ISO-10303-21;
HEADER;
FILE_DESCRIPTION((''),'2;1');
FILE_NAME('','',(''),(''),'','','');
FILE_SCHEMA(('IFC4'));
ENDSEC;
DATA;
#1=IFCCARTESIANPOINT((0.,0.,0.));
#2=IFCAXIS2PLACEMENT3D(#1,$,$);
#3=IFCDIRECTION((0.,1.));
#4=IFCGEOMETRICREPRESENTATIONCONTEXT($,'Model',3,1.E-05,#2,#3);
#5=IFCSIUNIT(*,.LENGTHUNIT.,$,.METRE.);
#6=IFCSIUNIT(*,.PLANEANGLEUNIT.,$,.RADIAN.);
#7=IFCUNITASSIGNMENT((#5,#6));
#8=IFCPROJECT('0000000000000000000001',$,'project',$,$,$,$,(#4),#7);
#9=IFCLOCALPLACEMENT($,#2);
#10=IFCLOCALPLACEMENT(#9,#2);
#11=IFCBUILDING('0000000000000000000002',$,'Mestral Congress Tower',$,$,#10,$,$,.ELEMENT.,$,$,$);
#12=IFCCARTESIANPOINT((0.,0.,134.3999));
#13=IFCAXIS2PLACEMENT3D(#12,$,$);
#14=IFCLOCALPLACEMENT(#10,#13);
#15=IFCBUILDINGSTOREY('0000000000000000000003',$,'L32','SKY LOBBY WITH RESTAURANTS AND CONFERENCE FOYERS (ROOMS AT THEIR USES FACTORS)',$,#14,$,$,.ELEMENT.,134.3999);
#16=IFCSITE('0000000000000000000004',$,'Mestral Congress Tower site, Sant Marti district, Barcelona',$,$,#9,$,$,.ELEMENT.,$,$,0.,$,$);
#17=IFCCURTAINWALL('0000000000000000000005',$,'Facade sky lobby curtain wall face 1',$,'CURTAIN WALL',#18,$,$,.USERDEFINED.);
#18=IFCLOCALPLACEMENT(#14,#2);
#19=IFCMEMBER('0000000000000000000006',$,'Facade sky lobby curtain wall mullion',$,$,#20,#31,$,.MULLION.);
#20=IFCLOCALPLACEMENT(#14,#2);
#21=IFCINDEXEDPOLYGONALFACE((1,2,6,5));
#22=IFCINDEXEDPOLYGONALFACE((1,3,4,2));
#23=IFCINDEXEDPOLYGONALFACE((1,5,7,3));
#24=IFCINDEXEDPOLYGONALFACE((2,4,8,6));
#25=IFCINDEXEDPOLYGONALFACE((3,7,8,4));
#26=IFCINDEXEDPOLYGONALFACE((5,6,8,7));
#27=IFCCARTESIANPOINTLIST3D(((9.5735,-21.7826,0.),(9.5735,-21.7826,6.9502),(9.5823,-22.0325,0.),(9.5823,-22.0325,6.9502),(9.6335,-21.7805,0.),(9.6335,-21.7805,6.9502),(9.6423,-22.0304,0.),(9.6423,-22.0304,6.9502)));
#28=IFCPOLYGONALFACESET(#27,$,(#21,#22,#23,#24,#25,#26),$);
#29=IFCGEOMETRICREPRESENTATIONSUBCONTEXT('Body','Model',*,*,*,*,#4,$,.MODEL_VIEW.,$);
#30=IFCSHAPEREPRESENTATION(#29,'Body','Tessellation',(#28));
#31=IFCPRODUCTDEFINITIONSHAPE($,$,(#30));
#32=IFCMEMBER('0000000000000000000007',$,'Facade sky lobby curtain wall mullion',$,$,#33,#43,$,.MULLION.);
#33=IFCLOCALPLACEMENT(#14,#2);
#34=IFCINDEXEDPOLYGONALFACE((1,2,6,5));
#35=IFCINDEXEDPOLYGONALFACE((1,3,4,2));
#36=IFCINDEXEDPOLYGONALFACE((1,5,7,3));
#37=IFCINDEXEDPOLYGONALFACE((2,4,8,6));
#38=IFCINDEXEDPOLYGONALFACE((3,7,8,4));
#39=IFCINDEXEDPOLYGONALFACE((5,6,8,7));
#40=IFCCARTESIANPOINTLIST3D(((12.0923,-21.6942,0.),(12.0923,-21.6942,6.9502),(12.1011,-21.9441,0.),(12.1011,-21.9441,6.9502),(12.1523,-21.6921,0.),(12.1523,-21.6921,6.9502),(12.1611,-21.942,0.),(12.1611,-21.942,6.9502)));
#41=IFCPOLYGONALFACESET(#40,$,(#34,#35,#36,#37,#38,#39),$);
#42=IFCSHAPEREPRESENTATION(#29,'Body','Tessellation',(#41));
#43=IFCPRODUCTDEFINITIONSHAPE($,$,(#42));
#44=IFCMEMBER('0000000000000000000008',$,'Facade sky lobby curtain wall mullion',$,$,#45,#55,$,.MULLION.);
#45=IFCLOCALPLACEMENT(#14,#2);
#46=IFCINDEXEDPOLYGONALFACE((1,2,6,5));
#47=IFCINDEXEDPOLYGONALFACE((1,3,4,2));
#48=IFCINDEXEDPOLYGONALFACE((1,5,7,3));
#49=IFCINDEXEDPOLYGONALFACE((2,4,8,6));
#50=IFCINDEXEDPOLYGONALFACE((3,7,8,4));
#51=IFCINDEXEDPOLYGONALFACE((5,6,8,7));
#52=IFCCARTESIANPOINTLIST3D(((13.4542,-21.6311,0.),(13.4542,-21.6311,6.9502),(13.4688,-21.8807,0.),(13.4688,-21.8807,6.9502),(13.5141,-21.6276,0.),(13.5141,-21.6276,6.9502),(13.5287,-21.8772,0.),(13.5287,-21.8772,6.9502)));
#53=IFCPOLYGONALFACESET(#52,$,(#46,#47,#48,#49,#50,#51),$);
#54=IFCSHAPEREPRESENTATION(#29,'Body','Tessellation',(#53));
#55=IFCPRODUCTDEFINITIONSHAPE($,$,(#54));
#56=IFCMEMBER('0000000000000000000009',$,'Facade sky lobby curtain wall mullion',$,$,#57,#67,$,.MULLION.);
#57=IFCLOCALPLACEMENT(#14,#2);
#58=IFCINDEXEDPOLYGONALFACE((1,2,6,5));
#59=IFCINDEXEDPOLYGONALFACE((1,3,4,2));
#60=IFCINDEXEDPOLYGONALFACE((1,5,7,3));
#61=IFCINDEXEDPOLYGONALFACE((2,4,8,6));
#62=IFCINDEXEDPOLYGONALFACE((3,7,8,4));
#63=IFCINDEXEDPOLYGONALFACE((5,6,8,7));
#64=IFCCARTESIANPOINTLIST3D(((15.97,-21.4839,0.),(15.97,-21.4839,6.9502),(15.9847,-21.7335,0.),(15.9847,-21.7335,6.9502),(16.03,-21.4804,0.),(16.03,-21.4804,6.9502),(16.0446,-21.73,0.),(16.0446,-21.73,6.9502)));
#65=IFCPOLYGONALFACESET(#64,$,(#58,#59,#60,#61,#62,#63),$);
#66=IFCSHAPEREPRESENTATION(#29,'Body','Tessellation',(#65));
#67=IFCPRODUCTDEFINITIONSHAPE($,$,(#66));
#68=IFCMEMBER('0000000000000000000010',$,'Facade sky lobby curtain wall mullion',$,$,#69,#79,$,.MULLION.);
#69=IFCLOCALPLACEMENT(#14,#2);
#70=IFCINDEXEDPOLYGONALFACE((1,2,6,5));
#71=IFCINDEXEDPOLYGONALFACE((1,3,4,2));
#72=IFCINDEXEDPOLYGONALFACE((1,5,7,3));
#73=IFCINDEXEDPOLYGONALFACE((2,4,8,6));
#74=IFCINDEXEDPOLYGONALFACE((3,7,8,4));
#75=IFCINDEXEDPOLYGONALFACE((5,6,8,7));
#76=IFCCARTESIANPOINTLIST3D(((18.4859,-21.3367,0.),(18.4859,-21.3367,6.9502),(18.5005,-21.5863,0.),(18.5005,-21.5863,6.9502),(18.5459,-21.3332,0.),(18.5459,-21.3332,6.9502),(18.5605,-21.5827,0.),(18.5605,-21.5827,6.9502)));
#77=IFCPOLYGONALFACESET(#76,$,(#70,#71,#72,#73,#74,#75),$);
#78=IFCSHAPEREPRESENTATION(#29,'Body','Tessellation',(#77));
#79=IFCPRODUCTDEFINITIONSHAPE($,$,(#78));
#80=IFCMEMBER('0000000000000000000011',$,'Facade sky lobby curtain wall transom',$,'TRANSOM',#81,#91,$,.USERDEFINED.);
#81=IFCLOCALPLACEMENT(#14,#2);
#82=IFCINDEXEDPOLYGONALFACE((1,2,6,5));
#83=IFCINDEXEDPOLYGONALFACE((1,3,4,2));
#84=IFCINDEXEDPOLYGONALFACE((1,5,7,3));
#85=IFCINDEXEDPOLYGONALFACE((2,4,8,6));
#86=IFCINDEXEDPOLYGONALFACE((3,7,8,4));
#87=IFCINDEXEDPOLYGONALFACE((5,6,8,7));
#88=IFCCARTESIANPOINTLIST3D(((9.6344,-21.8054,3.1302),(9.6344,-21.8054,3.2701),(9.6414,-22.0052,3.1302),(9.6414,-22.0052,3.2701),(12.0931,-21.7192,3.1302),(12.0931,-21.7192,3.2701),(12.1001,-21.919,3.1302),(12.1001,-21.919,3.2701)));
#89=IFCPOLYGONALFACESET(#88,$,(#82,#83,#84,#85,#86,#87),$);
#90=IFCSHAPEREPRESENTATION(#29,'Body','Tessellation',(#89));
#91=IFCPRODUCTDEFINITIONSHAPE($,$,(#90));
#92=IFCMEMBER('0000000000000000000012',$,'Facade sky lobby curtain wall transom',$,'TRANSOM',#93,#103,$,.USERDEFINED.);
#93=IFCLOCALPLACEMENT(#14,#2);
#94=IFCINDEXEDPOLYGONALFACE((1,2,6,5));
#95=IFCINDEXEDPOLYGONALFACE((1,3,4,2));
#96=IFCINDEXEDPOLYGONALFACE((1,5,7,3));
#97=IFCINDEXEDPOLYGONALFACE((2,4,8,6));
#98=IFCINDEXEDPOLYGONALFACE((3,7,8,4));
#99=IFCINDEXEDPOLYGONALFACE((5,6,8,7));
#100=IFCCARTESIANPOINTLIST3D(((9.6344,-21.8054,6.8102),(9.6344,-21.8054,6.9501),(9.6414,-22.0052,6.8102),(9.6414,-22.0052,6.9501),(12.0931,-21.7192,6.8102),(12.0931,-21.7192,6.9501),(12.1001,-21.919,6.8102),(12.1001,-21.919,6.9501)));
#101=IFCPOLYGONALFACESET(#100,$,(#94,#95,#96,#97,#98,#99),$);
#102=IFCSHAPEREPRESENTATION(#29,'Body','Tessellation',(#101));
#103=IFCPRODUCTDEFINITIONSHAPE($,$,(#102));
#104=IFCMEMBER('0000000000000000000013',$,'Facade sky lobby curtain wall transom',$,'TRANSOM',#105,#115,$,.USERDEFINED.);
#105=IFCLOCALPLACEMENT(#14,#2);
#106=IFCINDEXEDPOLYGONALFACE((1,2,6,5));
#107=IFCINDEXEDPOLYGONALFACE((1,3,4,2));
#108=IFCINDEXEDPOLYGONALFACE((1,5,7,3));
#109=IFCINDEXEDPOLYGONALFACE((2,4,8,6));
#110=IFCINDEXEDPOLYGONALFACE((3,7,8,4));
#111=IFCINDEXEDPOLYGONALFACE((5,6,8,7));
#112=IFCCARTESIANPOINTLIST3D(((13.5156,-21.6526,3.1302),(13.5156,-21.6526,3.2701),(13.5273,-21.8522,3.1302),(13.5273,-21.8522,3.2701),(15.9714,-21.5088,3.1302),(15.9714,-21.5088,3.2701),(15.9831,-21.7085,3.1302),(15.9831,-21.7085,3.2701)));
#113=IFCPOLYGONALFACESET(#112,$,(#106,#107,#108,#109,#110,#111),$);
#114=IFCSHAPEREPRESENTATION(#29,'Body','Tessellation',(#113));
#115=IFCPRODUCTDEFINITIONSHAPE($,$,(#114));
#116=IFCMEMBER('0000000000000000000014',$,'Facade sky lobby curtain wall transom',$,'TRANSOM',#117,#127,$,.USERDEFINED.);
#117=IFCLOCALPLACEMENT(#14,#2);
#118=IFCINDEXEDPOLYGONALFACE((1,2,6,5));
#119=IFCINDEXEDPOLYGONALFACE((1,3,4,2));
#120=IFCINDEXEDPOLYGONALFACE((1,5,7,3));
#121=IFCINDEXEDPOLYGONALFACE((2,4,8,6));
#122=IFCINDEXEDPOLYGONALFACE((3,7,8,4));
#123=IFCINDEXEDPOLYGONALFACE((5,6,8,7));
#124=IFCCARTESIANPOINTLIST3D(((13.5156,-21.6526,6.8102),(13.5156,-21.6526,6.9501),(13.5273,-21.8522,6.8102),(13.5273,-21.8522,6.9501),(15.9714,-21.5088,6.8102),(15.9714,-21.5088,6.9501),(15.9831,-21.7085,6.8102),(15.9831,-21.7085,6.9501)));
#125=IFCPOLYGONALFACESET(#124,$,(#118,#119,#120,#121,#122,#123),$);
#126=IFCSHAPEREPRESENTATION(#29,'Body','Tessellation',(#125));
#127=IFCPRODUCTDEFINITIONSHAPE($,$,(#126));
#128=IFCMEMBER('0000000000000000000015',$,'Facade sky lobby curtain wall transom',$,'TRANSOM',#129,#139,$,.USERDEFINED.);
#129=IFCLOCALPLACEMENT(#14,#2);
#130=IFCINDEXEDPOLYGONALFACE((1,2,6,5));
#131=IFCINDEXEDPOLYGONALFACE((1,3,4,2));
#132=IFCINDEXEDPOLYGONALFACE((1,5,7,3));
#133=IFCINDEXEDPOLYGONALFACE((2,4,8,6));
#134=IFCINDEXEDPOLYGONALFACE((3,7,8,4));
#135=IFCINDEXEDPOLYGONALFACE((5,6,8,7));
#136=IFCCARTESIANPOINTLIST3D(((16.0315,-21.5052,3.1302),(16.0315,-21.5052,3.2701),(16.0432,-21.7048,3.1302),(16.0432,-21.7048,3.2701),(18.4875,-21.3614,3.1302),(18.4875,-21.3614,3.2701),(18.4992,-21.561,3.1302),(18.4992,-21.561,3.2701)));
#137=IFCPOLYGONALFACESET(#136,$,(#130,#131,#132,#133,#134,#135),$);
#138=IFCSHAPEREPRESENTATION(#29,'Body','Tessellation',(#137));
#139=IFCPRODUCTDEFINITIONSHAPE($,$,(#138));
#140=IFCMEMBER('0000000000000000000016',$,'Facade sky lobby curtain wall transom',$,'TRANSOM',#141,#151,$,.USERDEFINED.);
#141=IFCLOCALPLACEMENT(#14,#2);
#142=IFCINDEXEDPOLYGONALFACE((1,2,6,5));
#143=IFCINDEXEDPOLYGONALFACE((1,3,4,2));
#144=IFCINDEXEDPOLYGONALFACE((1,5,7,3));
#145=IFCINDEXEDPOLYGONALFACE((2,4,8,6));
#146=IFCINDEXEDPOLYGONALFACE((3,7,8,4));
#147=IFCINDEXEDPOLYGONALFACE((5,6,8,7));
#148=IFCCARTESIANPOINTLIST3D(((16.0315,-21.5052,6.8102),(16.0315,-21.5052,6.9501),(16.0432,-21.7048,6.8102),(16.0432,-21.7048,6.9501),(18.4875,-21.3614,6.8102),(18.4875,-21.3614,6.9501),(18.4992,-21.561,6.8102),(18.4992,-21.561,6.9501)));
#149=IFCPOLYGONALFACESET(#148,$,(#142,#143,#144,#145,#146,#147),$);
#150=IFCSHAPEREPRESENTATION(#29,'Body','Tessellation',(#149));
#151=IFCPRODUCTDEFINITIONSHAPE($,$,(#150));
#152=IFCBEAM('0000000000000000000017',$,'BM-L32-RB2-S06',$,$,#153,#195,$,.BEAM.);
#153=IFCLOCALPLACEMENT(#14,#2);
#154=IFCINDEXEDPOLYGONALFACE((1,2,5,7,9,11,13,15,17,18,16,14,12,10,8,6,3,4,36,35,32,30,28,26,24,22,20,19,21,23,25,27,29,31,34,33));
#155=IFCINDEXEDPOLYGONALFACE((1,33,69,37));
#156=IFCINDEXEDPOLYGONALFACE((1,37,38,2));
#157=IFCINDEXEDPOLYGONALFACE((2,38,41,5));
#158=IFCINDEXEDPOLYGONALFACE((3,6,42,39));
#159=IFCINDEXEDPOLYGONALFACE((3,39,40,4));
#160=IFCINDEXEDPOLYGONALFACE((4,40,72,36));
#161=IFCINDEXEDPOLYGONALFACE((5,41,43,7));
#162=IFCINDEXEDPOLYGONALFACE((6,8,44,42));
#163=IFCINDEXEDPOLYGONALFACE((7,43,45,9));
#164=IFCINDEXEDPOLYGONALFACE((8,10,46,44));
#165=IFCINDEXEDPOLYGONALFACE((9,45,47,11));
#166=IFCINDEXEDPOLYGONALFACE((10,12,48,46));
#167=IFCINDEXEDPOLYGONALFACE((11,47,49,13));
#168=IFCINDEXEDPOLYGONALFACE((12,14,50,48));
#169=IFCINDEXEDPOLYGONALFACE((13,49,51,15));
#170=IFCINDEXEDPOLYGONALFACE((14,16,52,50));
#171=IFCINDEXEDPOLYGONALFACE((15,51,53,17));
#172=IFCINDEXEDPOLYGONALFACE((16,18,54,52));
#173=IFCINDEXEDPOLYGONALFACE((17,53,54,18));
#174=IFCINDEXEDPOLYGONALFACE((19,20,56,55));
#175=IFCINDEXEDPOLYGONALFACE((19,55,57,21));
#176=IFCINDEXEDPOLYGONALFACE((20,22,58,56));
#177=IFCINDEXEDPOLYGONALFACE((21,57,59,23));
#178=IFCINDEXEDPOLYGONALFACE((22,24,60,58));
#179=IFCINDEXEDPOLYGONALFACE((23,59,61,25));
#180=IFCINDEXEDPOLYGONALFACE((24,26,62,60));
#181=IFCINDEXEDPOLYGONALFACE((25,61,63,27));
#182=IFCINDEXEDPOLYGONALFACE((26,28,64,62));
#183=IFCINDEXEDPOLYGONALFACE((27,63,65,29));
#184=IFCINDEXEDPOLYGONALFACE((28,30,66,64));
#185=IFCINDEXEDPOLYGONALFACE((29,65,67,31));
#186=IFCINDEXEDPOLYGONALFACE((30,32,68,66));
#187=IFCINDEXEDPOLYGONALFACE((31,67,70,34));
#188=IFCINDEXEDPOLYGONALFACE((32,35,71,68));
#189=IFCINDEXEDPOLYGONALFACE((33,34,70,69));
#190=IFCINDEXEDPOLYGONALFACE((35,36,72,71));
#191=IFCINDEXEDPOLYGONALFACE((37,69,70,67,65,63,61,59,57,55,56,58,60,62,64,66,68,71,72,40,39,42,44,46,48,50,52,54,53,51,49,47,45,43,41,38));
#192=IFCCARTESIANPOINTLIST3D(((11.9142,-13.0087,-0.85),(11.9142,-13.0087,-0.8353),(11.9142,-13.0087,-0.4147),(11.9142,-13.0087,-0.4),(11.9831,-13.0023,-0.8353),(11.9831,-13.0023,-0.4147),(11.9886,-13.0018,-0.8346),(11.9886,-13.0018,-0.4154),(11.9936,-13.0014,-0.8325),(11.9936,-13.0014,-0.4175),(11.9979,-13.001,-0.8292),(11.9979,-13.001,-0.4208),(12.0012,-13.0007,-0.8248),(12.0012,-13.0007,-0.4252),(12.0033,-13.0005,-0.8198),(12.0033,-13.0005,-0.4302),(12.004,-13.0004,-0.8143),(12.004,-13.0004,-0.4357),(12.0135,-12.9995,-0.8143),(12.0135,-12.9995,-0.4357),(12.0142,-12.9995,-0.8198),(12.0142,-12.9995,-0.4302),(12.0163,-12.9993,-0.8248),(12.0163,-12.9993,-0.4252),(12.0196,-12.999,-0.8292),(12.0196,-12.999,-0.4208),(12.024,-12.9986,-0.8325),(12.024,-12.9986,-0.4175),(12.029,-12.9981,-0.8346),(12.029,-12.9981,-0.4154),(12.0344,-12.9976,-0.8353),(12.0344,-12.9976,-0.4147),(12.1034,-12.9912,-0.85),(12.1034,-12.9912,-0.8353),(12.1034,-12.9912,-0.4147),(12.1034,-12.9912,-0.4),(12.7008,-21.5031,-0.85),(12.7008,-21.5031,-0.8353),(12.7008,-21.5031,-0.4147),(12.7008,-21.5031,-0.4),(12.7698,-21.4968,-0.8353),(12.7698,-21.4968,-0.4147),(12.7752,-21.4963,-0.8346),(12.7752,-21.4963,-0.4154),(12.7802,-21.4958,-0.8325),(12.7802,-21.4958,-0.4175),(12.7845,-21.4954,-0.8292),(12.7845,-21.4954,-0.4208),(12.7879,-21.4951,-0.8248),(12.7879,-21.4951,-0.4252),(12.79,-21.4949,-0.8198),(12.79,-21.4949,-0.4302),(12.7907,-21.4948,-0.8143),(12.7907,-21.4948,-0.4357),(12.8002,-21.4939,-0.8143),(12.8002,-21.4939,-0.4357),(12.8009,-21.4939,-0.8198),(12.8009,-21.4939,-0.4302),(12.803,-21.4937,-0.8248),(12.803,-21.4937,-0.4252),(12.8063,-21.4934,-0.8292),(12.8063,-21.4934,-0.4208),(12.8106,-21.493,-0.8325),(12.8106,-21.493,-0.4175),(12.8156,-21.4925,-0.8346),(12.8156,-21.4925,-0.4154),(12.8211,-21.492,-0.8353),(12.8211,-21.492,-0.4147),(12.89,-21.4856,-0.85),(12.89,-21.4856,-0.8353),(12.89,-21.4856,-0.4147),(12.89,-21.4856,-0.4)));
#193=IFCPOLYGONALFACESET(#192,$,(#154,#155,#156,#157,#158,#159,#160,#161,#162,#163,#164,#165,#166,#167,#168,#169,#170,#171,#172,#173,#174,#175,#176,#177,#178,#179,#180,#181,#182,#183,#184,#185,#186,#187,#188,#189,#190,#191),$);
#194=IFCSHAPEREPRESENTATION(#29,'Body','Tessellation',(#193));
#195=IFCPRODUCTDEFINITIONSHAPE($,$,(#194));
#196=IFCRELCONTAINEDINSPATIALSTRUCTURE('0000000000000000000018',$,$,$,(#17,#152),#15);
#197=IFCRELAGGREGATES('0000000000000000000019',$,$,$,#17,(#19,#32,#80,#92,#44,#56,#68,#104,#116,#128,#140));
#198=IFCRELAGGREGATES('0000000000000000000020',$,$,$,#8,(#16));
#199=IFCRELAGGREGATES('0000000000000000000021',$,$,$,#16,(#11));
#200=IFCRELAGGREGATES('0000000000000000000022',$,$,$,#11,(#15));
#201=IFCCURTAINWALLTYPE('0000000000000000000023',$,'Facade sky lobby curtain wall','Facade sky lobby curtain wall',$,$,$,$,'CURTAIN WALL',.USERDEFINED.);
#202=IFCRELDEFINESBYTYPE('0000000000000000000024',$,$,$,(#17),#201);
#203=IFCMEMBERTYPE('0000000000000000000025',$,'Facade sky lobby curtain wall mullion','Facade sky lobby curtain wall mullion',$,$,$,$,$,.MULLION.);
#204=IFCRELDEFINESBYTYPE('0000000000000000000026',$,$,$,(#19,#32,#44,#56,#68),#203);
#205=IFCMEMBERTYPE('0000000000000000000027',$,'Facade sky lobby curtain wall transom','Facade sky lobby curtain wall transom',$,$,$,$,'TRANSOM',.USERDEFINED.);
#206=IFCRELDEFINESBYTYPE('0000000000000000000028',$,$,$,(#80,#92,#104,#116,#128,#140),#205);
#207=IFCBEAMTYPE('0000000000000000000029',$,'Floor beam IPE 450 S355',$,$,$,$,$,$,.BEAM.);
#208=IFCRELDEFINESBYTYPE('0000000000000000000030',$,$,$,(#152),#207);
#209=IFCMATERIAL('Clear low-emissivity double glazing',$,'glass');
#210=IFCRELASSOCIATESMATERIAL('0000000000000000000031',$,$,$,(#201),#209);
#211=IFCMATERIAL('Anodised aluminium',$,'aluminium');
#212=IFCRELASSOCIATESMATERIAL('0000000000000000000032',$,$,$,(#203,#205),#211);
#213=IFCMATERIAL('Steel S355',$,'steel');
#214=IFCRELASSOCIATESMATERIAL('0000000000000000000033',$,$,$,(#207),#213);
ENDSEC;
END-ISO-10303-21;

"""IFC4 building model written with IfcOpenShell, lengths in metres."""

from ifc_helpers import new_model, si_unit, direction, frame, origin, origin_2d, place, context, subcontext, project, spatial, rectangle, i_section, extrude, material, material_profile, profile_set, type_object, element, aggregate, save


model = new_model("IFC4")

# Units and contexts
model_context = context("Model", 3, precision=1e-05, world=origin(), true_north=direction((0.0, 1.0)))
body_context = subcontext(model_context, "Body", "Model", "MODEL_VIEW")
ifc_project = project(units=[si_unit("LENGTHUNIT", "METRE"), si_unit("PLANEANGLEUNIT", "RADIAN")], contexts=[model_context])

# Site, building, storey
site_placement = place(None, origin())
site = spatial("IfcSite", under=ifc_project, at=site_placement, Name="Mestral Congress Tower site, Sant Marti district, Barcelona", CompositionType="ELEMENT", RefElevation=0.0)
building_placement = place(site_placement, origin())
building = spatial("IfcBuilding", under=site, at=building_placement, Name="Mestral Congress Tower", CompositionType="ELEMENT")
storey_placement = place(building_placement, frame((0.0, 0.0, 134.3999)))
storey = spatial("IfcBuildingStorey", under=building, at=storey_placement, Name="L32", Description="SKY LOBBY WITH RESTAURANTS AND CONFERENCE FOYERS (ROOMS AT THEIR USES FACTORS)", CompositionType="ELEMENT", Elevation=134.3999)

# Shared definitions
ifc_material_1 = material(Name="Steel S355", Category="steel")

# Curtain wall, members
ifc_material_2 = material(Name="Clear low-emissivity double glazing", Category="glass")
curtain_wall_type = type_object("IfcCurtainWallType", Name="Facade sky lobby curtain wall", Description="Facade sky lobby curtain wall", ElementType="CURTAIN WALL", PredefinedType="USERDEFINED", material=ifc_material_2)
curtain_wall_placement = place(storey_placement, origin())
curtain_wall = element("IfcCurtainWall", 1, at=curtain_wall_placement, inside=storey, type_object=curtain_wall_type, Name="Facade sky lobby curtain wall face 1", ObjectType="CURTAIN WALL", PredefinedType="USERDEFINED")
ifc_material_3 = material(Name="Anodised aluminium", Category="aluminium")
ifc_material_profile_1 = material_profile(ifc_material_3, rectangle(XDim=0.25, YDim=0.0601, at=origin_2d()), Name="CW1 mullion 250 x 60")
ifc_profile_set_1 = profile_set([ifc_material_profile_1], Name="Anodised aluminium")
member_type_1 = type_object("IfcMemberType", Name="Facade sky lobby curtain wall mullion", Description="Facade sky lobby curtain wall mullion", PredefinedType="MULLION", material=ifc_profile_set_1)
member_1_placement = place(storey_placement, frame((9.6079, -21.9065, 0.0), z_axis=(0.0, 0.0, 1.0), x_axis=(0.035067, -0.999385, 0.0)))
member_1 = element("IfcMember", 2, at=member_1_placement, type_object=member_type_1, Name="Facade sky lobby curtain wall mullion", PredefinedType="MULLION", context=body_context, shape_type="SweptSolid", body=[
    extrude(rectangle(XDim=0.25, YDim=0.0601, at=origin_2d()), origin(), (0.0, 0.0, 1.0), 6.9502),
])
member_2_placement = place(storey_placement, frame((12.1267, -21.8181, 0.0), z_axis=(0.0, 0.0, 1.0), x_axis=(0.035067, -0.999385, 0.0)))
member_2 = element("IfcMember", 3, at=member_2_placement, type_object=member_type_1, Name="Facade sky lobby curtain wall mullion", PredefinedType="MULLION", context=body_context, shape_type="SweptSolid", body=[
    extrude(rectangle(XDim=0.25, YDim=0.0601, at=origin_2d()), origin(), (0.0, 0.0, 1.0), 6.9502),
])
member_3_placement = place(storey_placement, frame((13.4915, -21.7542, 0.0), z_axis=(0.0, 0.0, 1.0), x_axis=(0.058437, -0.998291, 0.0)))
member_3 = element("IfcMember", 4, at=member_3_placement, type_object=member_type_1, Name="Facade sky lobby curtain wall mullion", PredefinedType="MULLION", context=body_context, shape_type="SweptSolid", body=[
    extrude(rectangle(XDim=0.25, YDim=0.0601, at=origin_2d()), origin(), (0.0, 0.0, 1.0), 6.9502),
])
member_4_placement = place(storey_placement, frame((16.0073, -21.6069, 0.0), z_axis=(0.0, 0.0, 1.0), x_axis=(0.058437, -0.998291, 0.0)))
member_4 = element("IfcMember", 5, at=member_4_placement, type_object=member_type_1, Name="Facade sky lobby curtain wall mullion", PredefinedType="MULLION", context=body_context, shape_type="SweptSolid", body=[
    extrude(rectangle(XDim=0.25, YDim=0.0601, at=origin_2d()), origin(), (0.0, 0.0, 1.0), 6.9502),
])
member_5_placement = place(storey_placement, frame((18.5232, -21.4597, 0.0), z_axis=(0.0, 0.0, 1.0), x_axis=(0.058437, -0.998291, 0.0)))
member_5 = element("IfcMember", 6, at=member_5_placement, type_object=member_type_1, Name="Facade sky lobby curtain wall mullion", PredefinedType="MULLION", context=body_context, shape_type="SweptSolid", body=[
    extrude(rectangle(XDim=0.25, YDim=0.0601, at=origin_2d()), origin(), (0.0, 0.0, 1.0), 6.9502),
])
ifc_material_profile_2 = material_profile(ifc_material_3, rectangle(XDim=0.2, YDim=0.1399, at=origin_2d()), Name="CW1 transom 200 x 140")
ifc_profile_set_2 = profile_set([ifc_material_profile_2], Name="Anodised aluminium")
member_type_2 = type_object("IfcMemberType", Name="Facade sky lobby curtain wall transom", Description="Facade sky lobby curtain wall transom", ElementType="TRANSOM", PredefinedType="USERDEFINED", material=ifc_profile_set_2)
member_6_placement = place(storey_placement, frame((9.6379, -21.9053, 3.2002), z_axis=(0.999386, 0.03503, 0.0), x_axis=(-0.03503, 0.999386, 0.0)))
member_6 = element("IfcMember", 7, at=member_6_placement, type_object=member_type_2, Name="Facade sky lobby curtain wall transom", ObjectType="TRANSOM", PredefinedType="USERDEFINED", context=body_context, shape_type="SweptSolid", body=[
    extrude(rectangle(XDim=0.2, YDim=0.1399, at=origin_2d()), origin(), (0.0, 0.0, 1.0), 2.4602),
])
member_7_placement = place(storey_placement, frame((9.6379, -21.9053, 6.8801), z_axis=(0.999386, 0.03503, 0.0), x_axis=(-0.03503, 0.999386, 0.0)))
member_7 = element("IfcMember", 8, at=member_7_placement, type_object=member_type_2, Name="Facade sky lobby curtain wall transom", ObjectType="TRANSOM", PredefinedType="USERDEFINED", context=body_context, shape_type="SweptSolid", body=[
    extrude(rectangle(XDim=0.2, YDim=0.1399, at=origin_2d()), origin(), (0.0, 0.0, 1.0), 2.4602),
])
member_8_placement = place(storey_placement, frame((13.5215, -21.7524, 3.2002), z_axis=(0.99829, 0.058454, 0.0), x_axis=(-0.058454, 0.99829, 0.0)))
member_8 = element("IfcMember", 9, at=member_8_placement, type_object=member_type_2, Name="Facade sky lobby curtain wall transom", ObjectType="TRANSOM", PredefinedType="USERDEFINED", context=body_context, shape_type="SweptSolid", body=[
    extrude(rectangle(XDim=0.2, YDim=0.1399, at=origin_2d()), origin(), (0.0, 0.0, 1.0), 2.46),
])
member_9_placement = place(storey_placement, frame((13.5215, -21.7524, 6.8801), z_axis=(0.99829, 0.058454, 0.0), x_axis=(-0.058454, 0.99829, 0.0)))
member_9 = element("IfcMember", 10, at=member_9_placement, type_object=member_type_2, Name="Facade sky lobby curtain wall transom", ObjectType="TRANSOM", PredefinedType="USERDEFINED", context=body_context, shape_type="SweptSolid", body=[
    extrude(rectangle(XDim=0.2, YDim=0.1399, at=origin_2d()), origin(), (0.0, 0.0, 1.0), 2.46),
])
member_10_placement = place(storey_placement, frame((16.0374, -21.605, 3.2002), z_axis=(0.99829, 0.058449, 0.0), x_axis=(-0.058449, 0.99829, 0.0)))
member_10 = element("IfcMember", 11, at=member_10_placement, type_object=member_type_2, Name="Facade sky lobby curtain wall transom", ObjectType="TRANSOM", PredefinedType="USERDEFINED", context=body_context, shape_type="SweptSolid", body=[
    extrude(rectangle(XDim=0.2, YDim=0.1399, at=origin_2d()), origin(), (0.0, 0.0, 1.0), 2.4602),
])
member_11_placement = place(storey_placement, frame((16.0374, -21.605, 6.8801), z_axis=(0.99829, 0.058449, 0.0), x_axis=(-0.058449, 0.99829, 0.0)))
member_11 = element("IfcMember", 12, at=member_11_placement, type_object=member_type_2, Name="Facade sky lobby curtain wall transom", ObjectType="TRANSOM", PredefinedType="USERDEFINED", context=body_context, shape_type="SweptSolid", body=[
    extrude(rectangle(XDim=0.2, YDim=0.1399, at=origin_2d()), origin(), (0.0, 0.0, 1.0), 2.4602),
])

# Beam
ifc_material_profile_3 = material_profile(ifc_material_1, i_section(OverallWidth=0.1899, OverallDepth=0.45, WebThickness=0.0095, FlangeThickness=0.0146, FilletRadius=0.021, at=origin_2d()), Name="IPE 450")
ifc_profile_set_3 = profile_set([ifc_material_profile_3], Name="Steel S355")
beam_type_1 = type_object("IfcBeamType", Name="Floor beam IPE 450 S355", PredefinedType="BEAM", material=ifc_profile_set_3)
beam_1_placement = place(storey_placement, frame((12.7954, -21.4944, -0.625), z_axis=(-0.09221, 0.99574, 0.0), x_axis=(-0.99574, -0.09221, 0.0)))
element("IfcBeam", 13, at=beam_1_placement, inside=storey, type_object=beam_type_1, Name="BM-L32-RB2-S06", PredefinedType="BEAM", context=body_context, shape_type="SweptSolid", body=[
    extrude(i_section(OverallWidth=0.1899, OverallDepth=0.45, WebThickness=0.0095, FlangeThickness=0.0146, FilletRadius=0.021, at=origin_2d()), origin(), (0.0, 0.0, 1.0), 8.5308),
])

aggregate(curtain_wall, [member_1, member_2, member_6, member_7, member_3, member_4, member_5, member_8, member_9, member_10, member_11])

save(model, "model.ifc")
